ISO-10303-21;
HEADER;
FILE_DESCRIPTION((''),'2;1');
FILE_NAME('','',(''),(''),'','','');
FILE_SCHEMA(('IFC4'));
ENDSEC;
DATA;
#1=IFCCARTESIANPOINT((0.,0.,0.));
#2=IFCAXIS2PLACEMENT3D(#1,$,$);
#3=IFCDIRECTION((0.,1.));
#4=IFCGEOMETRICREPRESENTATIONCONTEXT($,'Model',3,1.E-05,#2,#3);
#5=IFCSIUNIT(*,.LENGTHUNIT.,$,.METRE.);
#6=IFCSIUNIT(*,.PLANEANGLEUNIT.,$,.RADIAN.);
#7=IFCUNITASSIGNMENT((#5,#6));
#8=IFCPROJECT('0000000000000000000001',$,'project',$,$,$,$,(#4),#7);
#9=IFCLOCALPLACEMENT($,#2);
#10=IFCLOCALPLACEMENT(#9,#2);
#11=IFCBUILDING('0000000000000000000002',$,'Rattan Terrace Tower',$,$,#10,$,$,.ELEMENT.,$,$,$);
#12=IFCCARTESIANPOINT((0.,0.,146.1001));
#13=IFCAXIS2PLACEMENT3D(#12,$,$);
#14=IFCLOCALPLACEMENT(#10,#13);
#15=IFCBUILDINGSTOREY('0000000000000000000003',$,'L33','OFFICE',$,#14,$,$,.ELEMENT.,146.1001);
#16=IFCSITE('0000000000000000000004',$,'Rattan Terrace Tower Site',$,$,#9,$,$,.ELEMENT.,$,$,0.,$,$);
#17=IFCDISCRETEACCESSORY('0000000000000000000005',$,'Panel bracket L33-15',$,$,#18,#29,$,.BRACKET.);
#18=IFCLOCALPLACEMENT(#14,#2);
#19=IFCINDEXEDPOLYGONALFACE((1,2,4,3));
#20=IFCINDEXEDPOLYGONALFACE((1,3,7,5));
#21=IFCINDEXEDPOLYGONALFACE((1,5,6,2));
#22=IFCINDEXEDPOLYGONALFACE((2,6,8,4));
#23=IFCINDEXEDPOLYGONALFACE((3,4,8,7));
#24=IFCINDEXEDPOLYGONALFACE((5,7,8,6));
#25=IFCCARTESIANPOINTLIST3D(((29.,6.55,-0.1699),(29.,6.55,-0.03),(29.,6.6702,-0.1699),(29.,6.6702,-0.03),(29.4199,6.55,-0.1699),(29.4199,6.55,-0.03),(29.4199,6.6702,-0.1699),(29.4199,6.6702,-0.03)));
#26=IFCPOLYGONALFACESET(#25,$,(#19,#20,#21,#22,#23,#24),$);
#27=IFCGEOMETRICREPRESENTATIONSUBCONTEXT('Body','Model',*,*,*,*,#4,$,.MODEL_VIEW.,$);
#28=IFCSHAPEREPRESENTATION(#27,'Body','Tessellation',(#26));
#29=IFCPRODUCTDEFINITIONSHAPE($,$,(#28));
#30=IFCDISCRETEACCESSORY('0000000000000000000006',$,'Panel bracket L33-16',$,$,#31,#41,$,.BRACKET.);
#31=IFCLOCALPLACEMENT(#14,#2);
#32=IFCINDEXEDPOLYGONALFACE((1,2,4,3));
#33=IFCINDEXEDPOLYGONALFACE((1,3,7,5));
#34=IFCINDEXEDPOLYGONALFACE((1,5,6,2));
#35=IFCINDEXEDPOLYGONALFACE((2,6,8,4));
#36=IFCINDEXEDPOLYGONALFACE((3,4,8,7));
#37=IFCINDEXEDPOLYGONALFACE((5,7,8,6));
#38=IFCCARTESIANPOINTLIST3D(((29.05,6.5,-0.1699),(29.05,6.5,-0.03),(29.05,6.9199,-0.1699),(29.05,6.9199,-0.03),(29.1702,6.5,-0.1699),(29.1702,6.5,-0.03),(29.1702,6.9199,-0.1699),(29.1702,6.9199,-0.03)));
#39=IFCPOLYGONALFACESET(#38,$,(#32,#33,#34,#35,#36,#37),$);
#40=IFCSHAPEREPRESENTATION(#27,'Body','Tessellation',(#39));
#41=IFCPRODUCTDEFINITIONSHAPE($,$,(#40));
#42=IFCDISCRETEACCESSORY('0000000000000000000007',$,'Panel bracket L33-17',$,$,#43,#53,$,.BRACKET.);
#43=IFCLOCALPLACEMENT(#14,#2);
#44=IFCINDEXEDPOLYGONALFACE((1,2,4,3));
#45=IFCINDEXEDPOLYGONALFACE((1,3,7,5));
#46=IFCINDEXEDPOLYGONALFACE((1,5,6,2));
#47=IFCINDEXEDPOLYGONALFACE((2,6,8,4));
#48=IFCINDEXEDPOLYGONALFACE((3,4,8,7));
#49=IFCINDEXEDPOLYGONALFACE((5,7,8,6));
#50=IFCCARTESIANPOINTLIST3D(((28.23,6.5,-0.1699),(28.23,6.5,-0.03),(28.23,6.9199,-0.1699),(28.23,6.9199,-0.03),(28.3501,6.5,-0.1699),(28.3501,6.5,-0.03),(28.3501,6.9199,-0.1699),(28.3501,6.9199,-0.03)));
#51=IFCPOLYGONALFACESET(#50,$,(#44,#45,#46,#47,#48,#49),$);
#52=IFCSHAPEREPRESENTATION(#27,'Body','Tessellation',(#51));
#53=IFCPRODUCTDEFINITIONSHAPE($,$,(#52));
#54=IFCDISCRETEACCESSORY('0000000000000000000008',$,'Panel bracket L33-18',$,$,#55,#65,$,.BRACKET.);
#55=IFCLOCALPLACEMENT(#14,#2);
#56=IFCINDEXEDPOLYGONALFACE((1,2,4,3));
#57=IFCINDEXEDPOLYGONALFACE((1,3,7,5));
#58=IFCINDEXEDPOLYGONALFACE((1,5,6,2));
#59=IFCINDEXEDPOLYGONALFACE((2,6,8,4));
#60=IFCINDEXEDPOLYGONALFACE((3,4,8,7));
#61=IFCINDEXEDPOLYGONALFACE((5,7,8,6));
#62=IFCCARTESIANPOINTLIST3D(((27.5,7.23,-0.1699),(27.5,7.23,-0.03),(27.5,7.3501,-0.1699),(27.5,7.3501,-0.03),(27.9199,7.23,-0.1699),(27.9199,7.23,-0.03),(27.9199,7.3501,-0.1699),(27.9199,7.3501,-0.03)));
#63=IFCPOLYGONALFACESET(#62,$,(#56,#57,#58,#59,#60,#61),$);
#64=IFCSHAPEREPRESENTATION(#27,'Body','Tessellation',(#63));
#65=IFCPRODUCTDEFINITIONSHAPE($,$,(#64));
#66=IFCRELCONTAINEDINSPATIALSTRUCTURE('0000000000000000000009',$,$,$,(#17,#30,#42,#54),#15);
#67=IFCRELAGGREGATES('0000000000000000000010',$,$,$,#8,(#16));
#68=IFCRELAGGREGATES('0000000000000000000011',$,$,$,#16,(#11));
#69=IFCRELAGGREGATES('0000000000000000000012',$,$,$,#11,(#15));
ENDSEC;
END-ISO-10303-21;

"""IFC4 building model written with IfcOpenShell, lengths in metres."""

from ifc_helpers import new_model, si_unit, direction, frame, origin, origin_2d, place, context, subcontext, project, spatial, rectangle, extrude, element, save


model = new_model("IFC4")

# Units and contexts
model_context = context("Model", 3, precision=1e-05, world=origin(), true_north=direction((0.0, 1.0)))
body_context = subcontext(model_context, "Body", "Model", "MODEL_VIEW")
ifc_project = project(units=[si_unit("LENGTHUNIT", "METRE"), si_unit("PLANEANGLEUNIT", "RADIAN")], contexts=[model_context])

# Site, building, storey
site_placement = place(None, origin())
site = spatial("IfcSite", under=ifc_project, at=site_placement, Name="Rattan Terrace Tower Site", CompositionType="ELEMENT", RefElevation=0.0)
building_placement = place(site_placement, origin())
building = spatial("IfcBuilding", under=site, at=building_placement, Name="Rattan Terrace Tower", CompositionType="ELEMENT")
storey_placement = place(building_placement, frame((0.0, 0.0, 146.1001)))
storey = spatial("IfcBuildingStorey", under=building, at=storey_placement, Name="L33", Description="OFFICE", CompositionType="ELEMENT", Elevation=146.1001)

# Discrete accessories
for number, where, z_axis, x_axis, name in (
    (1, (29.21, 6.6101, -0.1699), (0.0, 0.0, 1.0), (0.0, 1.0, 0.0), "Panel bracket L33-15"),
    (2, (29.1101, 6.71, -0.1699), (0.0, 0.0, 1.0), (-1.0, 0.0, 0.0), "Panel bracket L33-16"),
    (3, (28.29, 6.71, -0.1699), (0.0, 0.0, 1.0), (-1.0, 0.0, 0.0), "Panel bracket L33-17"),
    (4, (27.71, 7.29, -0.1699), (0.0, 0.0, 1.0), (0.0, 1.0, 0.0), "Panel bracket L33-18"),
):
    element("IfcDiscreteAccessory", number, at=place(storey_placement, frame(where, z_axis=z_axis, x_axis=x_axis)), inside=storey, Name=name, PredefinedType="BRACKET", context=body_context, shape_type="SweptSolid", body=[
        extrude(rectangle(XDim=0.1201, YDim=0.4199, at=origin_2d()), origin(), (0.0, 0.0, 1.0), 0.1399),
    ])

save(model, "model.ifc")
